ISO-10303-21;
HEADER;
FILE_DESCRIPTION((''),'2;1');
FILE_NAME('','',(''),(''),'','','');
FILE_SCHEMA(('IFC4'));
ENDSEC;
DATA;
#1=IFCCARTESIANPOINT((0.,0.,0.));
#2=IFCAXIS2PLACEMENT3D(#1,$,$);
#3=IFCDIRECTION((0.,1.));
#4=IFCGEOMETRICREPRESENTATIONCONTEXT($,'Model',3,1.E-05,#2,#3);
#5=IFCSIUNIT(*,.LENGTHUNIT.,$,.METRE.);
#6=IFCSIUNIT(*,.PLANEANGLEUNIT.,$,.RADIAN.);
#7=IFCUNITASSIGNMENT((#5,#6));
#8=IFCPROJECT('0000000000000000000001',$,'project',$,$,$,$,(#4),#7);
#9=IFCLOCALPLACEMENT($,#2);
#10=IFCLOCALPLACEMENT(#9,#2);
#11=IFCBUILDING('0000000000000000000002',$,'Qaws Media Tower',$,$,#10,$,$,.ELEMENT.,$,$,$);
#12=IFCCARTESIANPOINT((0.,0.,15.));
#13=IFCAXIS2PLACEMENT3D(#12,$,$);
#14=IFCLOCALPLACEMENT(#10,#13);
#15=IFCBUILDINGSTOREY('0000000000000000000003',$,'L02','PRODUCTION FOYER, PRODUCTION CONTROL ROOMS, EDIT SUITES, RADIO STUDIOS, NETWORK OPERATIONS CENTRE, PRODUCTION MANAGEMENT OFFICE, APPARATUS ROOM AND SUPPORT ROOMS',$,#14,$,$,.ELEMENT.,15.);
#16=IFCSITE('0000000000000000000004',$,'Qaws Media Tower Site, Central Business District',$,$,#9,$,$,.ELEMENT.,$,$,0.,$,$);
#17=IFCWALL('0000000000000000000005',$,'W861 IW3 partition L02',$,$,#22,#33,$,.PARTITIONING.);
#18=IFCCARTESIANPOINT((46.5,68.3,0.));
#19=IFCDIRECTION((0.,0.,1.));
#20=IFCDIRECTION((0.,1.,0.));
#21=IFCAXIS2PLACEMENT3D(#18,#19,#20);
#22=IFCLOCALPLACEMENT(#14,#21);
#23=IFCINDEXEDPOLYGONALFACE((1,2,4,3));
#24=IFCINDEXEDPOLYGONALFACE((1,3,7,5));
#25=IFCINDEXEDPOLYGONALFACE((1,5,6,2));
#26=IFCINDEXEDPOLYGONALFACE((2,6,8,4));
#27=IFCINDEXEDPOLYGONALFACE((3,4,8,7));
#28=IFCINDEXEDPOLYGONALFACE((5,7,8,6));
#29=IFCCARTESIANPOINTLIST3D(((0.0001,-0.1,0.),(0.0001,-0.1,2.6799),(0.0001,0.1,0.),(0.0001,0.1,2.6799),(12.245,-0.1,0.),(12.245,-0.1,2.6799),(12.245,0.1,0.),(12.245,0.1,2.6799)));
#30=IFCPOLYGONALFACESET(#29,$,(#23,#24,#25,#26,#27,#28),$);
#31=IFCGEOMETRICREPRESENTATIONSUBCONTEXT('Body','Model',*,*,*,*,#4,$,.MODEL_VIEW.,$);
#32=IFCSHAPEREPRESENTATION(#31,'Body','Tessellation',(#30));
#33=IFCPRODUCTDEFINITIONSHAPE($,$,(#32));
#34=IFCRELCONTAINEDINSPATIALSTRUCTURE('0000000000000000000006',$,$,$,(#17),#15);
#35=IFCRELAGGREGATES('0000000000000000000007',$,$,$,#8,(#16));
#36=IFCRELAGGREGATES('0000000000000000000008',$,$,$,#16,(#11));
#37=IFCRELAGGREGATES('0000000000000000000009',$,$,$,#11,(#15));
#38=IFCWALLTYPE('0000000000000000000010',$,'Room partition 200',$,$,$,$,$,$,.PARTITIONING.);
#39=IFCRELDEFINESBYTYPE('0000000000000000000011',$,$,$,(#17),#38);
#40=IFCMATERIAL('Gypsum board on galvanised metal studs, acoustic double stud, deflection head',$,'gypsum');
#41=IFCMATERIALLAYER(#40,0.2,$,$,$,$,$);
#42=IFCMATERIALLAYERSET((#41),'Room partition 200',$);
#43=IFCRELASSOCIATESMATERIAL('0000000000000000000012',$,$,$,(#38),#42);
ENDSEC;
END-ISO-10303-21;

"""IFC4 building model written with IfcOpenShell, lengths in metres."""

from ifc_helpers import new_model, si_unit, direction, frame, frame_2d, origin, place, context, subcontext, project, spatial, rectangle, extrude, material, layer, layer_set, type_object, element, save


model = new_model("IFC4")

# Units and contexts
model_context = context("Model", 3, precision=1e-05, world=origin(), true_north=direction((0.0, 1.0)))
body_context = subcontext(model_context, "Body", "Model", "MODEL_VIEW")
ifc_project = project(units=[si_unit("LENGTHUNIT", "METRE"), si_unit("PLANEANGLEUNIT", "RADIAN")], contexts=[model_context])

# Site, building, storey
site_placement = place(None, origin())
site = spatial("IfcSite", under=ifc_project, at=site_placement, Name="Qaws Media Tower Site, Central Business District", CompositionType="ELEMENT", RefElevation=0.0)
building_placement = place(site_placement, origin())
building = spatial("IfcBuilding", under=site, at=building_placement, Name="Qaws Media Tower", CompositionType="ELEMENT")
storey_placement = place(building_placement, frame((0.0, 0.0, 15.0)))
storey = spatial("IfcBuildingStorey", under=building, at=storey_placement, Name="L02", Description="PRODUCTION FOYER, PRODUCTION CONTROL ROOMS, EDIT SUITES, RADIO STUDIOS, NETWORK OPERATIONS CENTRE, PRODUCTION MANAGEMENT OFFICE, APPARATUS ROOM AND SUPPORT ROOMS", CompositionType="ELEMENT", Elevation=15.0)

# Wall
ifc_material_1 = material(Name="Gypsum board on galvanised metal studs, acoustic double stud, deflection head", Category="gypsum")
ifc_layer = layer(ifc_material_1, 0.2)
ifc_layer_set = layer_set([ifc_layer], Name="Room partition 200")
wall_type = type_object("IfcWallType", Name="Room partition 200", PredefinedType="PARTITIONING", material=ifc_layer_set)
wall_1_placement = place(storey_placement, frame((46.5, 68.3, 0.0), z_axis=(0.0, 0.0, 1.0), x_axis=(0.0, 1.0, 0.0)))
element("IfcWall", 1, at=wall_1_placement, inside=storey, type_object=wall_type, Name="W861 IW3 partition L02", PredefinedType="PARTITIONING", context=body_context, shape_type="SweptSolid", body=[
    extrude(rectangle(XDim=12.2449, YDim=0.2, at=frame_2d((6.1226, 0.0))), origin(), (0.0, 0.0, 1.0), 2.6799),
])

save(model, "model.ifc")
